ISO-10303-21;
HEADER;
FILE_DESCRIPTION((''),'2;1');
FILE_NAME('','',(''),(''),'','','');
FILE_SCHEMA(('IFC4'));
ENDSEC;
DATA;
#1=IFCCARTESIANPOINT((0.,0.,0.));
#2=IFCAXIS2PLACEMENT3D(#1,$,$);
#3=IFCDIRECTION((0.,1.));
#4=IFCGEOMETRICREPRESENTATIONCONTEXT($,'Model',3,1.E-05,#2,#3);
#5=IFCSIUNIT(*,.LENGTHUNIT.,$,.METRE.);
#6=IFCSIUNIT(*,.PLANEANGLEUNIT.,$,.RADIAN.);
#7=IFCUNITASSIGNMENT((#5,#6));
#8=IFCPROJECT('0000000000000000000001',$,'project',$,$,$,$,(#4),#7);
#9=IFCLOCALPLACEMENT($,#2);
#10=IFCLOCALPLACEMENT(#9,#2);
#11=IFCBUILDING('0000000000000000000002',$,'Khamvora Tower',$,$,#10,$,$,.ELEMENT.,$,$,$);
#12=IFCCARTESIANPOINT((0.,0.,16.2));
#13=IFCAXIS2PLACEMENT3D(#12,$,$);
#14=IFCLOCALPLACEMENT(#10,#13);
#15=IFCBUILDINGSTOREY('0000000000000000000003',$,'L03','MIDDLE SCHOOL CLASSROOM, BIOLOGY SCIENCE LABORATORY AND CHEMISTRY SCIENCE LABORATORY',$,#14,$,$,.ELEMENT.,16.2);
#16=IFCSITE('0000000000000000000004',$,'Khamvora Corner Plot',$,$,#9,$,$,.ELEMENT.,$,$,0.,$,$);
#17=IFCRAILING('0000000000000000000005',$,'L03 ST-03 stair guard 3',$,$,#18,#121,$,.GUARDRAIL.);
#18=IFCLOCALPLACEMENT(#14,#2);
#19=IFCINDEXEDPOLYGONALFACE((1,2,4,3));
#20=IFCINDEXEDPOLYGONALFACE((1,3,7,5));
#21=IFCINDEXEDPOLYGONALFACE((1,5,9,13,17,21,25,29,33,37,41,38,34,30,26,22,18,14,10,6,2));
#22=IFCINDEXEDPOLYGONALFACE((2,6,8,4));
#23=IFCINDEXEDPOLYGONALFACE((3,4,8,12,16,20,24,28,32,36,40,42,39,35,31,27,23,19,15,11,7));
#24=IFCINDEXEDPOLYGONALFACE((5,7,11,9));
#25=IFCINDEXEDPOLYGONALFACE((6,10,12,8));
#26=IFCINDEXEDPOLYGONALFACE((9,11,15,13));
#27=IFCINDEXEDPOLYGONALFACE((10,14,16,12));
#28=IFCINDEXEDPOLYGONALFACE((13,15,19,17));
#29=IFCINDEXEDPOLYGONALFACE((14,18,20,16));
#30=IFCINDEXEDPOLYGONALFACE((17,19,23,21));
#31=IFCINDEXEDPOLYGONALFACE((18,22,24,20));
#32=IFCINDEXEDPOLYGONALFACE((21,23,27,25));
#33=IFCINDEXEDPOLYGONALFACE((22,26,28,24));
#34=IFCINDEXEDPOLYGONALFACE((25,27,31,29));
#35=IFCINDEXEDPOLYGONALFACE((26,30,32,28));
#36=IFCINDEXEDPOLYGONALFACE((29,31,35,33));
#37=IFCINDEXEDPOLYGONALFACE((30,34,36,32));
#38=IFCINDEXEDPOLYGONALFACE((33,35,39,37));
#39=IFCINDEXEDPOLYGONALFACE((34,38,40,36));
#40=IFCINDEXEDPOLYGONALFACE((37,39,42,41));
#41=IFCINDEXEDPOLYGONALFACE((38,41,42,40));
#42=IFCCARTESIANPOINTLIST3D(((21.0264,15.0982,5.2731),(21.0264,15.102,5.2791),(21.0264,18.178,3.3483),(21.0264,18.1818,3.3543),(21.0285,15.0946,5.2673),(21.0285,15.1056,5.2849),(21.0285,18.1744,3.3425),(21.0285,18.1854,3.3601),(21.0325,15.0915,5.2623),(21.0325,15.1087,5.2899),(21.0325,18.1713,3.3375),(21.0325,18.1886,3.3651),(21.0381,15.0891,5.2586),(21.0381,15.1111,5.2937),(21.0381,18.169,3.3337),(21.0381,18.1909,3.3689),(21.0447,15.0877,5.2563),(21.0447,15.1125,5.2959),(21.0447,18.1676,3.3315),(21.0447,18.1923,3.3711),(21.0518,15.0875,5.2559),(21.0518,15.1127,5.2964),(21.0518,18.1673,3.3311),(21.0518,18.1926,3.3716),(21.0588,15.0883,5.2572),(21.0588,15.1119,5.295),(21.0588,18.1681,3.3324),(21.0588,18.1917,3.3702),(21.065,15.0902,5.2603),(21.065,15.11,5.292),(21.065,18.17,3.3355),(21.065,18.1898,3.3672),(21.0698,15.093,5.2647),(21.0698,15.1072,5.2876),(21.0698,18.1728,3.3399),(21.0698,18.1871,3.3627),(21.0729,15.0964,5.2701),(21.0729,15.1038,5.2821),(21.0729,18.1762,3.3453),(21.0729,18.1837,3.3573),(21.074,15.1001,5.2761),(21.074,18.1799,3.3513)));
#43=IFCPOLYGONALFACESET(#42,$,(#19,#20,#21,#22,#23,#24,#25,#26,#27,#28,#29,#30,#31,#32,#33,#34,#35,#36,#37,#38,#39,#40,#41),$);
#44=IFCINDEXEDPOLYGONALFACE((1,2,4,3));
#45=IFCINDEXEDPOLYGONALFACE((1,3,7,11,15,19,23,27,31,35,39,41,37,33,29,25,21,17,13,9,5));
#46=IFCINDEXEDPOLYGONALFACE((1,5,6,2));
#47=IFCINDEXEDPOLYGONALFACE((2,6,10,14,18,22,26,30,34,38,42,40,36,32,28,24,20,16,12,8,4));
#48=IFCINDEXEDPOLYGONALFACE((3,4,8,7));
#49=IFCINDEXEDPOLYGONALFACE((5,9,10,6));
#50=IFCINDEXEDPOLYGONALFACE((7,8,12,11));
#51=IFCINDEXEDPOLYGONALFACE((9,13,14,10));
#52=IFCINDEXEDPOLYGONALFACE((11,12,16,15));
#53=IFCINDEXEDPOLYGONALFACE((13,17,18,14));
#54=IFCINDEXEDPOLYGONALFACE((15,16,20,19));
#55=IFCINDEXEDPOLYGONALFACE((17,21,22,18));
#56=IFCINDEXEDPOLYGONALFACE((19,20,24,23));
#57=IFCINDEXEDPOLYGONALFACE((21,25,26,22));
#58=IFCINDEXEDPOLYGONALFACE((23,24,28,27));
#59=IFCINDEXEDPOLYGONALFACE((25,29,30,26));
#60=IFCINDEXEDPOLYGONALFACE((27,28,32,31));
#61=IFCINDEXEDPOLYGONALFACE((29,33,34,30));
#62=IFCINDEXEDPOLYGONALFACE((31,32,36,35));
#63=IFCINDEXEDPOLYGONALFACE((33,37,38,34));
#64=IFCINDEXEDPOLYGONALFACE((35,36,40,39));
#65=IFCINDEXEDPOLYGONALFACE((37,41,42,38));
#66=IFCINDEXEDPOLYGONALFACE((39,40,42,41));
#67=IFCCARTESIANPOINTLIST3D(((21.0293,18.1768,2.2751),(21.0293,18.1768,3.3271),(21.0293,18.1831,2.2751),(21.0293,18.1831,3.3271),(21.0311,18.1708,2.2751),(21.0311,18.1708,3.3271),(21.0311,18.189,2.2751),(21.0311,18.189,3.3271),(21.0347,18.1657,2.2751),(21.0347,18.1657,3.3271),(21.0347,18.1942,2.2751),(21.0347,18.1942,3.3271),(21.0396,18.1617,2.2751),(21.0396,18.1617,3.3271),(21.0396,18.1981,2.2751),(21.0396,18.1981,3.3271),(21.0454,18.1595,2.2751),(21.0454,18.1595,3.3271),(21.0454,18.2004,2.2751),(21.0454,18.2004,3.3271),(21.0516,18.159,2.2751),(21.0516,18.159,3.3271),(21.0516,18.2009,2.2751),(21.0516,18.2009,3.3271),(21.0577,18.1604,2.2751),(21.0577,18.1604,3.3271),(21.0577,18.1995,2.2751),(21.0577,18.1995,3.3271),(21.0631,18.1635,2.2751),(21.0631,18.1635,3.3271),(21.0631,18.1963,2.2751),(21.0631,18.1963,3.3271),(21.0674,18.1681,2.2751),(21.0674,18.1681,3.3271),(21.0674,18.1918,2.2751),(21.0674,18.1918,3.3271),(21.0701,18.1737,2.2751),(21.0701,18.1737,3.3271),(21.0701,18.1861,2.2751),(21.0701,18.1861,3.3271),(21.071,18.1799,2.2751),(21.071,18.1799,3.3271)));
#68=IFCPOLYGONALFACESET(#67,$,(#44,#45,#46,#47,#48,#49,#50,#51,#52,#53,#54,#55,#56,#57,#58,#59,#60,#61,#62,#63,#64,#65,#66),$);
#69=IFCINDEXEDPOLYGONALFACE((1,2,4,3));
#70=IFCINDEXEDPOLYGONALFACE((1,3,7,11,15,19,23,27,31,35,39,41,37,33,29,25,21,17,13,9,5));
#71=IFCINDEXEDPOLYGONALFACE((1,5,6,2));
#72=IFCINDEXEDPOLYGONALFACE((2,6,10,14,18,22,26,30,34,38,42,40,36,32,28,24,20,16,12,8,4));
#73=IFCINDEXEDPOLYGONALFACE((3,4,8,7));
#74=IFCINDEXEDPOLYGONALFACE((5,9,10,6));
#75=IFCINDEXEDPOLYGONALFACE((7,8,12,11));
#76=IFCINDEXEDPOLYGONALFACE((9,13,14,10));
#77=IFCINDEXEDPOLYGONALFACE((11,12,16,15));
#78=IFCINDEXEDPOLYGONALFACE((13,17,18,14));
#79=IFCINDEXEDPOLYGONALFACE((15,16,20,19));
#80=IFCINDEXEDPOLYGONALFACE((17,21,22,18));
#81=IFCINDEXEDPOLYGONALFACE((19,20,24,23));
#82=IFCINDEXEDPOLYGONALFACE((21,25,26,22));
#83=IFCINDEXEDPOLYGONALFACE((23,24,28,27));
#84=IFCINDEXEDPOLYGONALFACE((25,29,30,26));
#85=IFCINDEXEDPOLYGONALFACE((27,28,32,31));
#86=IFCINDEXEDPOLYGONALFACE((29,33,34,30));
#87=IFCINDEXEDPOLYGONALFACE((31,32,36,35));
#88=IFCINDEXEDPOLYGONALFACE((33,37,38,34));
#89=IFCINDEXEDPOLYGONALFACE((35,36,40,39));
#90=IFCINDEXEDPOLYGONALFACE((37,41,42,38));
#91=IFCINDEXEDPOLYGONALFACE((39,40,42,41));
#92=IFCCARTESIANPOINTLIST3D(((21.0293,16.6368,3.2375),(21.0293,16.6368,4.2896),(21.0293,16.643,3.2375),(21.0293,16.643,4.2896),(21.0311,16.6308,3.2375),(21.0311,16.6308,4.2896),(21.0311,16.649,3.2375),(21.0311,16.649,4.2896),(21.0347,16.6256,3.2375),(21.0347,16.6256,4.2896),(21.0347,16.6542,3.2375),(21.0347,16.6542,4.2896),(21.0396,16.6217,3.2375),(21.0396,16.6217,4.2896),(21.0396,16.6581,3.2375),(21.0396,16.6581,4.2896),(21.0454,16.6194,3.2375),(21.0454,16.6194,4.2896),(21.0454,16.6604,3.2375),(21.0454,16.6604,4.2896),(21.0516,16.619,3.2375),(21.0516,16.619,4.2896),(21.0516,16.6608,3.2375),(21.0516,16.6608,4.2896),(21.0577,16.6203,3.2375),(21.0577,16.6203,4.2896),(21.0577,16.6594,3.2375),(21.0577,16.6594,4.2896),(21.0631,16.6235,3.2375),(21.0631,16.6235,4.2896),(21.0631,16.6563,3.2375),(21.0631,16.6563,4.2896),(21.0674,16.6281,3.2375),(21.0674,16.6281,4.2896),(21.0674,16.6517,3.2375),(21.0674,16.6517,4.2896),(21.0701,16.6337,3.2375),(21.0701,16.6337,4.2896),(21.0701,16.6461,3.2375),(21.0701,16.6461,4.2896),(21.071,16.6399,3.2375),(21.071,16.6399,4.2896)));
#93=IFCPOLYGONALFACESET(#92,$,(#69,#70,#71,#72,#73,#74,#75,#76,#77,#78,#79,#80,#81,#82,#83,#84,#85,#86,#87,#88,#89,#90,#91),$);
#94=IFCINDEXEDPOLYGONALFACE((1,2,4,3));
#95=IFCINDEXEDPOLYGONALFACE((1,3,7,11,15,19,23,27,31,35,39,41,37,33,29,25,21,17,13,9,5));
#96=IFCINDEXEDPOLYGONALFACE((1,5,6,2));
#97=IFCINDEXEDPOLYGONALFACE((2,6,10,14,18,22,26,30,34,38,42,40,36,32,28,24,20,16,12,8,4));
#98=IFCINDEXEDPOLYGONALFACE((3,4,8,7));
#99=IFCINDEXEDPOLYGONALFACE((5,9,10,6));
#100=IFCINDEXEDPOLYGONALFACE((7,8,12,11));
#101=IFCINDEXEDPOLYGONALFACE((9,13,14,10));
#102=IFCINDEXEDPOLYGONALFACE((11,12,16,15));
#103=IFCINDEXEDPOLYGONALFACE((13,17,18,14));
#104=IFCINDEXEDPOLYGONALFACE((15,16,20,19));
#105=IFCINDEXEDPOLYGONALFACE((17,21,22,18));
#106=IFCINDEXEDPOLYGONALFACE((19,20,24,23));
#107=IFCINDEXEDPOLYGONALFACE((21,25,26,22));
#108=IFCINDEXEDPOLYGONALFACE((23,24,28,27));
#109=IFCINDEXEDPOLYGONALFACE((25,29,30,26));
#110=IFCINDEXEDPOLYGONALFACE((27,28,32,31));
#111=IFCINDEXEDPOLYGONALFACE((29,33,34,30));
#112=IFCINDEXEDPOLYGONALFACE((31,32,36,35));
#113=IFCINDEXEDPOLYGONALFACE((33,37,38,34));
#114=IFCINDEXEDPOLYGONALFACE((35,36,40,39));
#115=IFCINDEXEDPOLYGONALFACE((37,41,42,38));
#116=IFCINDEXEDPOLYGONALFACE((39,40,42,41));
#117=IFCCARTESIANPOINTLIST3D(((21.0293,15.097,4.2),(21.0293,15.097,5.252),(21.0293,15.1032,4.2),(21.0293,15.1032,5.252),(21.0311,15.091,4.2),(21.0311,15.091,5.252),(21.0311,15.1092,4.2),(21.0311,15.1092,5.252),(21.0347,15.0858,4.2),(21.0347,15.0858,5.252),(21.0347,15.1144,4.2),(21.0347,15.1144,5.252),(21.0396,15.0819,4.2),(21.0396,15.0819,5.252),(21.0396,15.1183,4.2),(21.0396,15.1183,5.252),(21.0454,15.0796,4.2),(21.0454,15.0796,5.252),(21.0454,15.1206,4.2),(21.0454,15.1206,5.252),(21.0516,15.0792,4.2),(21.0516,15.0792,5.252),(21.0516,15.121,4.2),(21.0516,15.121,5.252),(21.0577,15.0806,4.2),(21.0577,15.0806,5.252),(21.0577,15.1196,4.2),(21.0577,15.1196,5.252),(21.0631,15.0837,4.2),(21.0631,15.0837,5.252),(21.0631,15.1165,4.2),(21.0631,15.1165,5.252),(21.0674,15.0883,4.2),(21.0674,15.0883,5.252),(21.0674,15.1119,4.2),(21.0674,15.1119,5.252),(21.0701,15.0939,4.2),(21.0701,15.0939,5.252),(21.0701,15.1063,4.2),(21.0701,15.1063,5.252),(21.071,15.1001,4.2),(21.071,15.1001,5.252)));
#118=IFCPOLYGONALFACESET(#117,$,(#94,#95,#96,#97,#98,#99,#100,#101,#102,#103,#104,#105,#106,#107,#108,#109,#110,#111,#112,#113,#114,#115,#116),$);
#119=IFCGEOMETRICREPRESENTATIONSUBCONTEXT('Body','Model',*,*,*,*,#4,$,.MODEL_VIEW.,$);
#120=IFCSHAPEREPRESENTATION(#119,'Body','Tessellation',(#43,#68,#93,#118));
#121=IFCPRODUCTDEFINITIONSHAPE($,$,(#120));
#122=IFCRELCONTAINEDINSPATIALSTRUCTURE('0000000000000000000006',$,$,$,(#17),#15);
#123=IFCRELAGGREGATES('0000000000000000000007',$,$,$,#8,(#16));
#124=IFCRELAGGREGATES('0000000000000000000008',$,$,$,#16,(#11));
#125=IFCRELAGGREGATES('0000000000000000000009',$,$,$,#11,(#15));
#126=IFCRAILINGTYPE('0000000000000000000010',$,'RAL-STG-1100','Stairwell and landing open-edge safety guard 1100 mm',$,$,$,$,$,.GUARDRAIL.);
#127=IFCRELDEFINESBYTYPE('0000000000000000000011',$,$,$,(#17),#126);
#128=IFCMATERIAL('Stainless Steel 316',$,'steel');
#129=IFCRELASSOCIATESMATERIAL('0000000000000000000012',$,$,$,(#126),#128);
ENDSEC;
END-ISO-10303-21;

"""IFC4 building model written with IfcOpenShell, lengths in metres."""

from ifc_helpers import new_model, si_unit, direction, frame, origin, origin_2d, place, context, subcontext, project, spatial, circle, extrude, material, type_object, element, save


model = new_model("IFC4")

# Units and contexts
model_context = context("Model", 3, precision=1e-05, world=origin(), true_north=direction((0.0, 1.0)))
body_context = subcontext(model_context, "Body", "Model", "MODEL_VIEW")
ifc_project = project(units=[si_unit("LENGTHUNIT", "METRE"), si_unit("PLANEANGLEUNIT", "RADIAN")], contexts=[model_context])

# Site, building, storey
site_placement = place(None, origin())
site = spatial("IfcSite", under=ifc_project, at=site_placement, Name="Khamvora Corner Plot", CompositionType="ELEMENT", RefElevation=0.0)
building_placement = place(site_placement, origin())
building = spatial("IfcBuilding", under=site, at=building_placement, Name="Khamvora Tower", CompositionType="ELEMENT")
storey_placement = place(building_placement, frame((0.0, 0.0, 16.2)))
storey = spatial("IfcBuildingStorey", under=building, at=storey_placement, Name="L03", Description="MIDDLE SCHOOL CLASSROOM, BIOLOGY SCIENCE LABORATORY AND CHEMISTRY SCIENCE LABORATORY", CompositionType="ELEMENT", Elevation=16.2)

# Railing
ifc_material_1 = material(Name="Stainless Steel 316", Category="steel")
railing_type_1 = type_object("IfcRailingType", Name="RAL-STG-1100", Description="Stairwell and landing open-edge safety guard 1100 mm", PredefinedType="GUARDRAIL", material=ifc_material_1)
railing_1_placement = place(storey_placement, frame((21.05, 18.1799, 2.2751)))
element("IfcRailing", 1, at=railing_1_placement, inside=storey, type_object=railing_type_1, Name="L03 ST-03 stair guard 3", PredefinedType="GUARDRAIL", context=body_context, shape_type="SweptSolid", body=[
    extrude(circle(Radius=0.0239, at=origin_2d()), frame((0.0, 0.0, 1.0762), z_axis=(0.0, -0.84801, 0.529981), x_axis=(1.0, 0.0, 0.0)), (0.0, 0.0, 1.0), 3.6318),
    extrude(circle(Radius=0.021, at=origin_2d()), origin(), (0.0, 0.0, 1.0), 1.052),
    extrude(circle(Radius=0.021, at=origin_2d()), frame((0.0, -1.54, 0.9624)), (0.0, 0.0, 1.0), 1.052),
    extrude(circle(Radius=0.021, at=origin_2d()), frame((0.0, -3.0798, 1.9248)), (0.0, 0.0, 1.0), 1.052),
])

save(model, "model.ifc")
